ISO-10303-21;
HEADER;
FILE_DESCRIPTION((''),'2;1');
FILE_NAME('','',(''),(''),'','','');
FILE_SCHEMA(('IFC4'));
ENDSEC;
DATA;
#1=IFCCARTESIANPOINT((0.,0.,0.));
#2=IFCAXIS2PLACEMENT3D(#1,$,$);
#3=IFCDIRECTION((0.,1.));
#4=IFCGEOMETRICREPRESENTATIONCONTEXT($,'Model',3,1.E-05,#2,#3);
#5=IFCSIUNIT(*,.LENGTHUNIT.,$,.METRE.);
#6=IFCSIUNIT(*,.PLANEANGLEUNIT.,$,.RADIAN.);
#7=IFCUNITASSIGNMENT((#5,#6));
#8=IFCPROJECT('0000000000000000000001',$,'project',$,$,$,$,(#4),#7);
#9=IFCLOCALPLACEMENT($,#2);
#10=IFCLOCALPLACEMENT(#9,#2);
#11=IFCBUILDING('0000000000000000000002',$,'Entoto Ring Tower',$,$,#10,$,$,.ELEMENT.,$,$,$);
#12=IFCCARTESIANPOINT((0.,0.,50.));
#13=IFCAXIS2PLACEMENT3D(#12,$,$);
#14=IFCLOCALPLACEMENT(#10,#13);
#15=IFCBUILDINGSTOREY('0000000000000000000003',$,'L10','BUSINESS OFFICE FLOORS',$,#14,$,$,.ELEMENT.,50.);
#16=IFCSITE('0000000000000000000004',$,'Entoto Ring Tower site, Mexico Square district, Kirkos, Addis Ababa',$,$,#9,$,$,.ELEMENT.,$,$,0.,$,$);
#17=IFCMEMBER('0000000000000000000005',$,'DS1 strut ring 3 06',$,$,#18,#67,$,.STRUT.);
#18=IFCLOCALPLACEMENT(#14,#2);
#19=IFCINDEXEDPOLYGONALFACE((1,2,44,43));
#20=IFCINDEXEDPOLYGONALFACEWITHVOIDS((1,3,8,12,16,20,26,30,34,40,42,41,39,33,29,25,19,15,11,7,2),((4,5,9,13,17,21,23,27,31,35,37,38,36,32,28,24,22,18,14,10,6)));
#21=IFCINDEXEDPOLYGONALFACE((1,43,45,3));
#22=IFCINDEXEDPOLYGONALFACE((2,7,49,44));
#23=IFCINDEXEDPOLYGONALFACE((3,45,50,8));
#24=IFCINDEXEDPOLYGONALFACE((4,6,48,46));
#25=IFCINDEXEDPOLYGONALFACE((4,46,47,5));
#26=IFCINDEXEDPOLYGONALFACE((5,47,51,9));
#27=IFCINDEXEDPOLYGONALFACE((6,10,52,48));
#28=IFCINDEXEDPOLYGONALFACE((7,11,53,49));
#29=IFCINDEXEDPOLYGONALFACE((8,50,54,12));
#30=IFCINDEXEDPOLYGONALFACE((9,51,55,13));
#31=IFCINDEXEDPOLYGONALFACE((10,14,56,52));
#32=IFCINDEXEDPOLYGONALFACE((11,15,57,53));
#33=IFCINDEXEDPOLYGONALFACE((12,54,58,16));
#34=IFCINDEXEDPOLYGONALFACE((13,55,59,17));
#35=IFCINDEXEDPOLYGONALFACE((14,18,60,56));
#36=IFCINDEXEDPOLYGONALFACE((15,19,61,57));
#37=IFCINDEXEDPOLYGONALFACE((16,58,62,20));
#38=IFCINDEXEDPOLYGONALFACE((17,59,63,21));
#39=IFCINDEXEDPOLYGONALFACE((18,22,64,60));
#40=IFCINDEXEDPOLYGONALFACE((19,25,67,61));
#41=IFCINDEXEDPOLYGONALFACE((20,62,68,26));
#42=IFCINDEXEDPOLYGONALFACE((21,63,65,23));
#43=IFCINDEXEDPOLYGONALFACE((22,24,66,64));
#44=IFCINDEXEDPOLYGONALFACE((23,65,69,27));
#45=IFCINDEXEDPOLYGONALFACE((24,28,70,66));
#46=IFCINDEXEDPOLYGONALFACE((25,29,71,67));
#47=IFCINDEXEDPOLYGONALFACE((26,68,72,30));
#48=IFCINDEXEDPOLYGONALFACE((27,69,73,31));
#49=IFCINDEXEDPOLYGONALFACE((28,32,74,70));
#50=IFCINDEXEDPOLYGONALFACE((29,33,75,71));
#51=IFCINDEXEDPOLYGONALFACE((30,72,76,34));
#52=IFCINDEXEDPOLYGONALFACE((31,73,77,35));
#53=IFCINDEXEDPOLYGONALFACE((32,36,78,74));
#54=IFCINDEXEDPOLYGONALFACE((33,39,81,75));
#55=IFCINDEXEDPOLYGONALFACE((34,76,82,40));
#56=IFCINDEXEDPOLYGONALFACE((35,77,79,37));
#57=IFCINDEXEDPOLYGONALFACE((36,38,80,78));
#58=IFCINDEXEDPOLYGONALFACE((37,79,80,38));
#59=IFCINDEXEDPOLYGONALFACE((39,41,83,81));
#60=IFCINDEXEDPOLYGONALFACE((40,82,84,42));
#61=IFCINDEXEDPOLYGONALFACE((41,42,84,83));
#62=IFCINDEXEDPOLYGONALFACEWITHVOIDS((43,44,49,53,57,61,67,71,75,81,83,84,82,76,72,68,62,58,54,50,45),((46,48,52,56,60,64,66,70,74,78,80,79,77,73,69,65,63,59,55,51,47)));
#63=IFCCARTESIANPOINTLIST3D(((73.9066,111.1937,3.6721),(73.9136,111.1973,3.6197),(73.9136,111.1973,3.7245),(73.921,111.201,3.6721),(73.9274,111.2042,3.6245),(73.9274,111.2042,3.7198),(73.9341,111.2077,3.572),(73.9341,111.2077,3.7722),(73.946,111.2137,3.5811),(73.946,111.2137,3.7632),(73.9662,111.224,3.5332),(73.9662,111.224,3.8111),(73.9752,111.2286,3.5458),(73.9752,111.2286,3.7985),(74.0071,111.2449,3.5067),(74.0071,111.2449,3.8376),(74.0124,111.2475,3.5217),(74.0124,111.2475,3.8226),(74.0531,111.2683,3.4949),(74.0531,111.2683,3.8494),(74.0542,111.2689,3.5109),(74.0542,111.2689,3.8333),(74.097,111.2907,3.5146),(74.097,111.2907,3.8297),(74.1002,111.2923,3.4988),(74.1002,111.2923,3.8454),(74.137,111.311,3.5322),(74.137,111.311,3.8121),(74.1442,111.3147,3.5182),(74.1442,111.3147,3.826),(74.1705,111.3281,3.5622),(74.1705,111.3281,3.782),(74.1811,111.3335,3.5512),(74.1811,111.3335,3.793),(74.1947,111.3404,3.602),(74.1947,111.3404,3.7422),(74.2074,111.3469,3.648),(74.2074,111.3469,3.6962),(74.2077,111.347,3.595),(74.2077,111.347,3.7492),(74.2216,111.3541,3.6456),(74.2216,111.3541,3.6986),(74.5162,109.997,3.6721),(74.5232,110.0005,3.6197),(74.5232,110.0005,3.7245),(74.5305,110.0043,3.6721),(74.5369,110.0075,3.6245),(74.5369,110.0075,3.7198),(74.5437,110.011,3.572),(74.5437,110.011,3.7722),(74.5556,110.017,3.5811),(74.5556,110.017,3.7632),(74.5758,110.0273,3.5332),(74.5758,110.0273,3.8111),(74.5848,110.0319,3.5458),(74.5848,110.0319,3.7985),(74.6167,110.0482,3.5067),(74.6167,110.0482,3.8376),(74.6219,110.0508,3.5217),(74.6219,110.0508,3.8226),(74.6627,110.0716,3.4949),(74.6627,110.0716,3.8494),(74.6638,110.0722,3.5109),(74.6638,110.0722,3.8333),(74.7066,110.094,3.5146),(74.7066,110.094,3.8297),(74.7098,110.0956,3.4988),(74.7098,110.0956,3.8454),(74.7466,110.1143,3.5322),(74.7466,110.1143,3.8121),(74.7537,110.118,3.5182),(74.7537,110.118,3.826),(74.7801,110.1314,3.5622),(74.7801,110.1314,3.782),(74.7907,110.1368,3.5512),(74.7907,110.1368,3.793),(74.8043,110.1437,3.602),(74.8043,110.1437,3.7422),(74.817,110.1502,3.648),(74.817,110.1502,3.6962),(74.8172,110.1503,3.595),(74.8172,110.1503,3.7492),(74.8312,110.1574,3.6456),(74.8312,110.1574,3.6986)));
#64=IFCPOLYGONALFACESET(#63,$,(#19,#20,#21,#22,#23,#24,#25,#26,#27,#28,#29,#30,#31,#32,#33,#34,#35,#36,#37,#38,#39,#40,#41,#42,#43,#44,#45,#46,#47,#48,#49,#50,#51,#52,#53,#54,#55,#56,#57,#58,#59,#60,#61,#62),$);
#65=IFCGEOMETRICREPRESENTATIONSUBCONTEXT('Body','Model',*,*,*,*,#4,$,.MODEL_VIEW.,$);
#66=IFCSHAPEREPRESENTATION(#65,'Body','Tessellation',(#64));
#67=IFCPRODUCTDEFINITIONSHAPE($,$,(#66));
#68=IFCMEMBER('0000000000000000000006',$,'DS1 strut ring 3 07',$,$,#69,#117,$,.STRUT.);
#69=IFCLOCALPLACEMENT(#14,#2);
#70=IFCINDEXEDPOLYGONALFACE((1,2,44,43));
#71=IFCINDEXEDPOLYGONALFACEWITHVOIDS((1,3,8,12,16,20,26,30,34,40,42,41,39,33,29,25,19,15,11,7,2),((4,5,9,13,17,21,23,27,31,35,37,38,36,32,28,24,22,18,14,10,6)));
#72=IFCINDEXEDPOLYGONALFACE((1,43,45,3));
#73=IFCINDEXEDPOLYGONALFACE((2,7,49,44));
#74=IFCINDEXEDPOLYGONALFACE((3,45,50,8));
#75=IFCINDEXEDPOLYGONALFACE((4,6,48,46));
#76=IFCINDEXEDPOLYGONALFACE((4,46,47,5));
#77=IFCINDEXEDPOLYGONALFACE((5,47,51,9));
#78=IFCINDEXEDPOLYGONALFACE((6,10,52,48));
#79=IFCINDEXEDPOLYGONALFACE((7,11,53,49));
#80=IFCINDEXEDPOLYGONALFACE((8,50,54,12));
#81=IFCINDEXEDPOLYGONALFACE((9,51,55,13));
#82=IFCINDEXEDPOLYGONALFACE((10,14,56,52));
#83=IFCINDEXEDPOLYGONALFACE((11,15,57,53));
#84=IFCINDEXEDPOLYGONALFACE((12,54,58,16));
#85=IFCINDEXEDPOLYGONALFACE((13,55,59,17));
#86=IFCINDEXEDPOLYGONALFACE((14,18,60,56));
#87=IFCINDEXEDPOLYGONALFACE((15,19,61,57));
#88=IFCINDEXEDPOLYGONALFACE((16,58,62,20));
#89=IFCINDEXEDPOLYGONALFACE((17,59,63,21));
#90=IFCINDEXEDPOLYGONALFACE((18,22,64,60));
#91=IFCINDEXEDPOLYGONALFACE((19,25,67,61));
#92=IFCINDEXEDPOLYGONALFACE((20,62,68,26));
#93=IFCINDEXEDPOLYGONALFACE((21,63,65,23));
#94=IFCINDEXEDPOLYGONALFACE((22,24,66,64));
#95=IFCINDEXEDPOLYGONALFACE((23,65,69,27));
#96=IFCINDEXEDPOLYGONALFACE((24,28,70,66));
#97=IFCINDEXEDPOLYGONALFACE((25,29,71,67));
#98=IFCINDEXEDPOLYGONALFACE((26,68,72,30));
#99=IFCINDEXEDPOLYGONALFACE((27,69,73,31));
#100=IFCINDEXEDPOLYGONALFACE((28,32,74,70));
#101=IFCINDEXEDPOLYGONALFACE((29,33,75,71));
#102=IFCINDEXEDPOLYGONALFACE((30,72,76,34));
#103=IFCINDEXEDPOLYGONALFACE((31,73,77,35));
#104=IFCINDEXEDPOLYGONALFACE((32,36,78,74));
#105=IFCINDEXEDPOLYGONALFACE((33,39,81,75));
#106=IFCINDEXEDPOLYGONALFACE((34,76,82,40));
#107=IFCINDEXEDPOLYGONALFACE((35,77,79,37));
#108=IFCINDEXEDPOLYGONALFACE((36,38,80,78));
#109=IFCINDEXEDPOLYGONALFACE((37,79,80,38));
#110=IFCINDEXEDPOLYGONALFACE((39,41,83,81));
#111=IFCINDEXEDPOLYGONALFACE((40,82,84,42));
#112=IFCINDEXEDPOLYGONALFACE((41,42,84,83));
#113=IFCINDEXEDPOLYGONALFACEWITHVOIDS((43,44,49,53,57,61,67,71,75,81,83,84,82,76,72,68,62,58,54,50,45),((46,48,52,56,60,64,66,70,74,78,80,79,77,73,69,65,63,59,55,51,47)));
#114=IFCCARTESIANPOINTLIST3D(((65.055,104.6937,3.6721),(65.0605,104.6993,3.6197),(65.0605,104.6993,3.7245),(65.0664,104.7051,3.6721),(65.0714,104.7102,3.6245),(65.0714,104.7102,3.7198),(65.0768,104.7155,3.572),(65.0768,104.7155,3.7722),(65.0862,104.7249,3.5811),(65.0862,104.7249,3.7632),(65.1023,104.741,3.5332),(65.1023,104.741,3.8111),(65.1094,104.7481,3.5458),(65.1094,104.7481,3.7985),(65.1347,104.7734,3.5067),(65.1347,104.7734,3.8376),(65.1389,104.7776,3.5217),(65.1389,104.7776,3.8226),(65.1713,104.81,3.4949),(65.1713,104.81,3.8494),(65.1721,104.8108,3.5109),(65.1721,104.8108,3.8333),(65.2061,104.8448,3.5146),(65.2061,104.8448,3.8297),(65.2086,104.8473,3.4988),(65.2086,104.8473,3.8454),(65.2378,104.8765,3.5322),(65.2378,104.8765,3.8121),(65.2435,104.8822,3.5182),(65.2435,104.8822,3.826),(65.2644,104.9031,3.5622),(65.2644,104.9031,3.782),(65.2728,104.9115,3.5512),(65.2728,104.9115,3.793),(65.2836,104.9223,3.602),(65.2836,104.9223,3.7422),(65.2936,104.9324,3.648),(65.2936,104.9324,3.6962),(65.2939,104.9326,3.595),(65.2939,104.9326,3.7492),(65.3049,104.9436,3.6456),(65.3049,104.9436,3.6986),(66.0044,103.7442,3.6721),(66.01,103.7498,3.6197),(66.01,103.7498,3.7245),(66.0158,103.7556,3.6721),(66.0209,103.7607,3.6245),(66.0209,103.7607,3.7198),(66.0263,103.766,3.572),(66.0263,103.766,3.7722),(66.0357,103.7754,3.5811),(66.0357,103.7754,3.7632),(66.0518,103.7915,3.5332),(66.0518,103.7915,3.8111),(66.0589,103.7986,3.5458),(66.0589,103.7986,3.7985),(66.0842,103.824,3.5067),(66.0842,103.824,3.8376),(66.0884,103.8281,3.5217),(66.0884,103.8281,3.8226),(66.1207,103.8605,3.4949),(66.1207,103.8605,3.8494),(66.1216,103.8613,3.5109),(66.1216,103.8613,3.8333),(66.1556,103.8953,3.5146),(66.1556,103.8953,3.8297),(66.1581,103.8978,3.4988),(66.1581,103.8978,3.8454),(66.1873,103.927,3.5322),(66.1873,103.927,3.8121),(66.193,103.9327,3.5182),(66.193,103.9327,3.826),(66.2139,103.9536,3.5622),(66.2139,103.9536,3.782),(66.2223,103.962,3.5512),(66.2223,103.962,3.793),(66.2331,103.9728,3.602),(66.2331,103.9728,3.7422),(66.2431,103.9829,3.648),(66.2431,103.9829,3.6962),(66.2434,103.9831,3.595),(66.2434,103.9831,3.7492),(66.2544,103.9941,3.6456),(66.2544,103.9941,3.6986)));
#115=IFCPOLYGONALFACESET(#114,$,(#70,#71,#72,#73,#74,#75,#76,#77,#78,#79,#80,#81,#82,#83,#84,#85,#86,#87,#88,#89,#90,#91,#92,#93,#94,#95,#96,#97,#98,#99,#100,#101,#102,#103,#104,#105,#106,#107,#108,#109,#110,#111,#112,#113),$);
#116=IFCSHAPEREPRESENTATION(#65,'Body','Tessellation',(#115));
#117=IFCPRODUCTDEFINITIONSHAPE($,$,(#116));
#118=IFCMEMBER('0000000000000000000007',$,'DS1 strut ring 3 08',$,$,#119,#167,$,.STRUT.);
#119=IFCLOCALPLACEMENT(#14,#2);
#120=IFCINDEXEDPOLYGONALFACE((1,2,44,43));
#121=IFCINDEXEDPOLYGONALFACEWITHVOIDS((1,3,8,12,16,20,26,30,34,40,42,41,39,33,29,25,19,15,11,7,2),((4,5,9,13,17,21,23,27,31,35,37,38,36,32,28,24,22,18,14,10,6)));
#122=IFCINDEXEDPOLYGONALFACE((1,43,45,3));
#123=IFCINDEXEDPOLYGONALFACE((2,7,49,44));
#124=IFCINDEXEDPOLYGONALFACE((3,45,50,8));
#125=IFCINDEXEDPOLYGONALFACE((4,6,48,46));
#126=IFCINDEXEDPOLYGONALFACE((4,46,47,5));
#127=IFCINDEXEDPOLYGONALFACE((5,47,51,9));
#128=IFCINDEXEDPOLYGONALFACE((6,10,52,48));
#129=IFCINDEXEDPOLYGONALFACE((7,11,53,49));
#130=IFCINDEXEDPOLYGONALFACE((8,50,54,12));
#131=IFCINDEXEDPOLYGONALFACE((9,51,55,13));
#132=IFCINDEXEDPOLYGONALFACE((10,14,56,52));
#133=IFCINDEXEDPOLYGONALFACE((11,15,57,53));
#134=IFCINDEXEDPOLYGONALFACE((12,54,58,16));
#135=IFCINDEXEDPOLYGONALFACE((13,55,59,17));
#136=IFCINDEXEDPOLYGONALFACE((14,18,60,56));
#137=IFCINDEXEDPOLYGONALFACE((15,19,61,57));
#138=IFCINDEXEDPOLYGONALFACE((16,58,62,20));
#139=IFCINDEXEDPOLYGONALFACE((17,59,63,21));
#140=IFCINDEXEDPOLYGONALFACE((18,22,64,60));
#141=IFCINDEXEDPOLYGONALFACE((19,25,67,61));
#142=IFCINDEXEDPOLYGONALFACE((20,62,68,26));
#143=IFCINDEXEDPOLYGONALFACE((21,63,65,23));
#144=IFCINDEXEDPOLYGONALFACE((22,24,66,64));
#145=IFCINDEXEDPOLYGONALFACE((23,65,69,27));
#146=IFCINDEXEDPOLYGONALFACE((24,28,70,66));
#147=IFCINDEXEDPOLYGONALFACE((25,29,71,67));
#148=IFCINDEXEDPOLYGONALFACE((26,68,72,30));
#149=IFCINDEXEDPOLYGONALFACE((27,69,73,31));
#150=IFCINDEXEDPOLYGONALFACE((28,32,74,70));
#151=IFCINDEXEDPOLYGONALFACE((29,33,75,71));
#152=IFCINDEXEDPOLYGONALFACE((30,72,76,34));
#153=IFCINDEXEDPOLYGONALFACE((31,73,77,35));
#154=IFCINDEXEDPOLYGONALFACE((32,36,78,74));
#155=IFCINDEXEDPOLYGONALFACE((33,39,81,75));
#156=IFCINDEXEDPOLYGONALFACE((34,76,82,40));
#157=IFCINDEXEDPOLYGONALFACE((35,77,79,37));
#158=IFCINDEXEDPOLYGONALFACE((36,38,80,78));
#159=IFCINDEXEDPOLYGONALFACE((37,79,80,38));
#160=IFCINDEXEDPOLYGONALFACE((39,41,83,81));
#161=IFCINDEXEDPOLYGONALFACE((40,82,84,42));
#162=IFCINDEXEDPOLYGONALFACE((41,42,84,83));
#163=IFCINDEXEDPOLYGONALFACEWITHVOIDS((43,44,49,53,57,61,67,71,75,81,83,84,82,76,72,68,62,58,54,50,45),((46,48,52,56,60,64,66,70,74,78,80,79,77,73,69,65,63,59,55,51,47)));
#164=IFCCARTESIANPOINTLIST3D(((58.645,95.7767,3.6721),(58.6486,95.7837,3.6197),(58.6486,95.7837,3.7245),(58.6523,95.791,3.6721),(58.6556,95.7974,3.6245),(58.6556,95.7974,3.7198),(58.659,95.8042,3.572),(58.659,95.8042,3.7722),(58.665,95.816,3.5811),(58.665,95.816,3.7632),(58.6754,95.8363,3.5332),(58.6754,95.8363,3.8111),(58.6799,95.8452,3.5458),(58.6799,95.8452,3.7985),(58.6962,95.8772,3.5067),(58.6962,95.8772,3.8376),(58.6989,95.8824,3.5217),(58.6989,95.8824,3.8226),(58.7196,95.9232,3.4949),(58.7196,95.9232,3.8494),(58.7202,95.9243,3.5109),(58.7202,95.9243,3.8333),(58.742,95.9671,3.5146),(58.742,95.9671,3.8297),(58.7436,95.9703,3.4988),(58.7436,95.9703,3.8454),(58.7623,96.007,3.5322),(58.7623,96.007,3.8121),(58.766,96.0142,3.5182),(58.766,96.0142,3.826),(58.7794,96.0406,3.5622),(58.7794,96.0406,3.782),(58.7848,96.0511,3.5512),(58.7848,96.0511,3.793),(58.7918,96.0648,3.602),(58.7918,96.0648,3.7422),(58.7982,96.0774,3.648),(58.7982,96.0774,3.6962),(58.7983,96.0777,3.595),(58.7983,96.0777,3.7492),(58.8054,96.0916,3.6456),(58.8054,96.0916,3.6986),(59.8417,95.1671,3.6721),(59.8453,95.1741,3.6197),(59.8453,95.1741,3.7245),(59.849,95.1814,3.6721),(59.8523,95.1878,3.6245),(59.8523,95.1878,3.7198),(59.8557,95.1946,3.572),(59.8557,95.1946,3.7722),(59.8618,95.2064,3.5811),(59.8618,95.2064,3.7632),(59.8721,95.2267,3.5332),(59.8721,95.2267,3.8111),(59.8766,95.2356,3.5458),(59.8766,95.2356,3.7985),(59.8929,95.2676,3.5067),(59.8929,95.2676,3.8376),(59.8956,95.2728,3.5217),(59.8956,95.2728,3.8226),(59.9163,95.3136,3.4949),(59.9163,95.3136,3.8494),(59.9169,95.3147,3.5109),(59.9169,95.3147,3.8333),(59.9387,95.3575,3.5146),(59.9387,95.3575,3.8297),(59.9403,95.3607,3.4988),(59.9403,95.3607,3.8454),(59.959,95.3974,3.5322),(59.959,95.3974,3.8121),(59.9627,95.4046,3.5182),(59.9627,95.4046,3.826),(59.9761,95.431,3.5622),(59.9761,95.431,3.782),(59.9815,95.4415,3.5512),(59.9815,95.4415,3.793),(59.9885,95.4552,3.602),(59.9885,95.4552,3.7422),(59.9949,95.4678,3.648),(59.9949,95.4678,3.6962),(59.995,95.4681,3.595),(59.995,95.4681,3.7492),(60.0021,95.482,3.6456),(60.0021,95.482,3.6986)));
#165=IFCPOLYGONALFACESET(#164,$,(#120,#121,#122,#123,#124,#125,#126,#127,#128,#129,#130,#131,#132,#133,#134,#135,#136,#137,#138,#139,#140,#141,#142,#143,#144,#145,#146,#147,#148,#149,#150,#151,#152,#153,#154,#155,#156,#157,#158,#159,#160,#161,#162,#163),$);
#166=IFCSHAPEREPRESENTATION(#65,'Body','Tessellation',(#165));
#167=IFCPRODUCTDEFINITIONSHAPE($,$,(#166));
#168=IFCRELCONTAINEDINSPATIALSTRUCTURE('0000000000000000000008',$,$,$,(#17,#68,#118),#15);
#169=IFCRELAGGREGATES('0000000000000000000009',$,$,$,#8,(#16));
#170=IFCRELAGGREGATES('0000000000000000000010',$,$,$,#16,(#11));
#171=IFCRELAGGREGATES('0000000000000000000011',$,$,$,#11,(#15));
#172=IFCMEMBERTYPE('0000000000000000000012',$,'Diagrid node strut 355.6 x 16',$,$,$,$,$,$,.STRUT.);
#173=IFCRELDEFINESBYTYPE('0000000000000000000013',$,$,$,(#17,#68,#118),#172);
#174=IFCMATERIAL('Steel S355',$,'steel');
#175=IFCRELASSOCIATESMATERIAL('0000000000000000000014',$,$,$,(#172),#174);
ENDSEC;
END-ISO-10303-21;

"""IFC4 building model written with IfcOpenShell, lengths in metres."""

from ifc_helpers import new_model, si_unit, direction, frame, origin, origin_2d, place, context, subcontext, project, spatial, circle, hollow_circle, extrude, material, material_profile, profile_set, type_object, element, save


model = new_model("IFC4")

# Units and contexts
model_context = context("Model", 3, precision=1e-05, world=origin(), true_north=direction((0.0, 1.0)))
body_context = subcontext(model_context, "Body", "Model", "MODEL_VIEW")
ifc_project = project(units=[si_unit("LENGTHUNIT", "METRE"), si_unit("PLANEANGLEUNIT", "RADIAN")], contexts=[model_context])

# Site, building, storey
site_placement = place(None, origin())
site = spatial("IfcSite", under=ifc_project, at=site_placement, Name="Entoto Ring Tower site, Mexico Square district, Kirkos, Addis Ababa", CompositionType="ELEMENT", RefElevation=0.0)
building_placement = place(site_placement, origin())
building = spatial("IfcBuilding", under=site, at=building_placement, Name="Entoto Ring Tower", CompositionType="ELEMENT")
storey_placement = place(building_placement, frame((0.0, 0.0, 50.0)))
storey = spatial("IfcBuildingStorey", under=building, at=storey_placement, Name="L10", Description="BUSINESS OFFICE FLOORS", CompositionType="ELEMENT", Elevation=50.0)

# Members
ifc_material_1 = material(Name="Steel S355", Category="steel")
ifc_material_profile_1 = material_profile(ifc_material_1, hollow_circle(Radius=0.1777, WallThickness=0.0161, at=origin_2d()), Name="CHS 355.6 x 16")
ifc_material_2 = material(Name="Concrete C60/75", Category="concrete")
ifc_material_profile_2 = material_profile(ifc_material_2, circle(Radius=0.1619, at=origin_2d()), Name="Concrete C60/75 infill")
ifc_profile_set_1 = profile_set([ifc_material_profile_1, ifc_material_profile_2], Name="Steel S355")
member_type = type_object("IfcMemberType", Name="Diagrid node strut 355.6 x 16", PredefinedType="STRUT", material=ifc_profile_set_1)
member_1_placement = place(storey_placement, frame((74.6746, 110.0776, 3.6721), z_axis=(-0.45389, 0.891058, 0.0), x_axis=(-0.891058, -0.45389, 0.0)))
element("IfcMember", 1, at=member_1_placement, inside=storey, type_object=member_type, Name="DS1 strut ring 3 06", PredefinedType="STRUT", context=body_context, shape_type="SweptSolid", body=[
    extrude(hollow_circle(Radius=0.1777, WallThickness=0.0161, at=origin_2d()), origin(), (0.0, 0.0, 1.0), 1.343),
])
member_2_placement = place(storey_placement, frame((66.1301, 103.8699, 3.6721), z_axis=(-0.707107, 0.707107, 0.0), x_axis=(-0.707107, -0.707107, 0.0)))
element("IfcMember", 2, at=member_2_placement, inside=storey, type_object=member_type, Name="DS1 strut ring 3 07", PredefinedType="STRUT", context=body_context, shape_type="SweptSolid", body=[
    extrude(hollow_circle(Radius=0.1777, WallThickness=0.0161, at=origin_2d()), origin(), (0.0, 0.0, 1.0), 1.3428),
])
member_3_placement = place(storey_placement, frame((59.9224, 95.3254, 3.6721), z_axis=(-0.891058, 0.45389, 0.0), x_axis=(-0.45389, -0.891058, 0.0)))
element("IfcMember", 3, at=member_3_placement, inside=storey, type_object=member_type, Name="DS1 strut ring 3 08", PredefinedType="STRUT", context=body_context, shape_type="SweptSolid", body=[
    extrude(hollow_circle(Radius=0.1777, WallThickness=0.0161, at=origin_2d()), origin(), (0.0, 0.0, 1.0), 1.343),
])

save(model, "model.ifc")
